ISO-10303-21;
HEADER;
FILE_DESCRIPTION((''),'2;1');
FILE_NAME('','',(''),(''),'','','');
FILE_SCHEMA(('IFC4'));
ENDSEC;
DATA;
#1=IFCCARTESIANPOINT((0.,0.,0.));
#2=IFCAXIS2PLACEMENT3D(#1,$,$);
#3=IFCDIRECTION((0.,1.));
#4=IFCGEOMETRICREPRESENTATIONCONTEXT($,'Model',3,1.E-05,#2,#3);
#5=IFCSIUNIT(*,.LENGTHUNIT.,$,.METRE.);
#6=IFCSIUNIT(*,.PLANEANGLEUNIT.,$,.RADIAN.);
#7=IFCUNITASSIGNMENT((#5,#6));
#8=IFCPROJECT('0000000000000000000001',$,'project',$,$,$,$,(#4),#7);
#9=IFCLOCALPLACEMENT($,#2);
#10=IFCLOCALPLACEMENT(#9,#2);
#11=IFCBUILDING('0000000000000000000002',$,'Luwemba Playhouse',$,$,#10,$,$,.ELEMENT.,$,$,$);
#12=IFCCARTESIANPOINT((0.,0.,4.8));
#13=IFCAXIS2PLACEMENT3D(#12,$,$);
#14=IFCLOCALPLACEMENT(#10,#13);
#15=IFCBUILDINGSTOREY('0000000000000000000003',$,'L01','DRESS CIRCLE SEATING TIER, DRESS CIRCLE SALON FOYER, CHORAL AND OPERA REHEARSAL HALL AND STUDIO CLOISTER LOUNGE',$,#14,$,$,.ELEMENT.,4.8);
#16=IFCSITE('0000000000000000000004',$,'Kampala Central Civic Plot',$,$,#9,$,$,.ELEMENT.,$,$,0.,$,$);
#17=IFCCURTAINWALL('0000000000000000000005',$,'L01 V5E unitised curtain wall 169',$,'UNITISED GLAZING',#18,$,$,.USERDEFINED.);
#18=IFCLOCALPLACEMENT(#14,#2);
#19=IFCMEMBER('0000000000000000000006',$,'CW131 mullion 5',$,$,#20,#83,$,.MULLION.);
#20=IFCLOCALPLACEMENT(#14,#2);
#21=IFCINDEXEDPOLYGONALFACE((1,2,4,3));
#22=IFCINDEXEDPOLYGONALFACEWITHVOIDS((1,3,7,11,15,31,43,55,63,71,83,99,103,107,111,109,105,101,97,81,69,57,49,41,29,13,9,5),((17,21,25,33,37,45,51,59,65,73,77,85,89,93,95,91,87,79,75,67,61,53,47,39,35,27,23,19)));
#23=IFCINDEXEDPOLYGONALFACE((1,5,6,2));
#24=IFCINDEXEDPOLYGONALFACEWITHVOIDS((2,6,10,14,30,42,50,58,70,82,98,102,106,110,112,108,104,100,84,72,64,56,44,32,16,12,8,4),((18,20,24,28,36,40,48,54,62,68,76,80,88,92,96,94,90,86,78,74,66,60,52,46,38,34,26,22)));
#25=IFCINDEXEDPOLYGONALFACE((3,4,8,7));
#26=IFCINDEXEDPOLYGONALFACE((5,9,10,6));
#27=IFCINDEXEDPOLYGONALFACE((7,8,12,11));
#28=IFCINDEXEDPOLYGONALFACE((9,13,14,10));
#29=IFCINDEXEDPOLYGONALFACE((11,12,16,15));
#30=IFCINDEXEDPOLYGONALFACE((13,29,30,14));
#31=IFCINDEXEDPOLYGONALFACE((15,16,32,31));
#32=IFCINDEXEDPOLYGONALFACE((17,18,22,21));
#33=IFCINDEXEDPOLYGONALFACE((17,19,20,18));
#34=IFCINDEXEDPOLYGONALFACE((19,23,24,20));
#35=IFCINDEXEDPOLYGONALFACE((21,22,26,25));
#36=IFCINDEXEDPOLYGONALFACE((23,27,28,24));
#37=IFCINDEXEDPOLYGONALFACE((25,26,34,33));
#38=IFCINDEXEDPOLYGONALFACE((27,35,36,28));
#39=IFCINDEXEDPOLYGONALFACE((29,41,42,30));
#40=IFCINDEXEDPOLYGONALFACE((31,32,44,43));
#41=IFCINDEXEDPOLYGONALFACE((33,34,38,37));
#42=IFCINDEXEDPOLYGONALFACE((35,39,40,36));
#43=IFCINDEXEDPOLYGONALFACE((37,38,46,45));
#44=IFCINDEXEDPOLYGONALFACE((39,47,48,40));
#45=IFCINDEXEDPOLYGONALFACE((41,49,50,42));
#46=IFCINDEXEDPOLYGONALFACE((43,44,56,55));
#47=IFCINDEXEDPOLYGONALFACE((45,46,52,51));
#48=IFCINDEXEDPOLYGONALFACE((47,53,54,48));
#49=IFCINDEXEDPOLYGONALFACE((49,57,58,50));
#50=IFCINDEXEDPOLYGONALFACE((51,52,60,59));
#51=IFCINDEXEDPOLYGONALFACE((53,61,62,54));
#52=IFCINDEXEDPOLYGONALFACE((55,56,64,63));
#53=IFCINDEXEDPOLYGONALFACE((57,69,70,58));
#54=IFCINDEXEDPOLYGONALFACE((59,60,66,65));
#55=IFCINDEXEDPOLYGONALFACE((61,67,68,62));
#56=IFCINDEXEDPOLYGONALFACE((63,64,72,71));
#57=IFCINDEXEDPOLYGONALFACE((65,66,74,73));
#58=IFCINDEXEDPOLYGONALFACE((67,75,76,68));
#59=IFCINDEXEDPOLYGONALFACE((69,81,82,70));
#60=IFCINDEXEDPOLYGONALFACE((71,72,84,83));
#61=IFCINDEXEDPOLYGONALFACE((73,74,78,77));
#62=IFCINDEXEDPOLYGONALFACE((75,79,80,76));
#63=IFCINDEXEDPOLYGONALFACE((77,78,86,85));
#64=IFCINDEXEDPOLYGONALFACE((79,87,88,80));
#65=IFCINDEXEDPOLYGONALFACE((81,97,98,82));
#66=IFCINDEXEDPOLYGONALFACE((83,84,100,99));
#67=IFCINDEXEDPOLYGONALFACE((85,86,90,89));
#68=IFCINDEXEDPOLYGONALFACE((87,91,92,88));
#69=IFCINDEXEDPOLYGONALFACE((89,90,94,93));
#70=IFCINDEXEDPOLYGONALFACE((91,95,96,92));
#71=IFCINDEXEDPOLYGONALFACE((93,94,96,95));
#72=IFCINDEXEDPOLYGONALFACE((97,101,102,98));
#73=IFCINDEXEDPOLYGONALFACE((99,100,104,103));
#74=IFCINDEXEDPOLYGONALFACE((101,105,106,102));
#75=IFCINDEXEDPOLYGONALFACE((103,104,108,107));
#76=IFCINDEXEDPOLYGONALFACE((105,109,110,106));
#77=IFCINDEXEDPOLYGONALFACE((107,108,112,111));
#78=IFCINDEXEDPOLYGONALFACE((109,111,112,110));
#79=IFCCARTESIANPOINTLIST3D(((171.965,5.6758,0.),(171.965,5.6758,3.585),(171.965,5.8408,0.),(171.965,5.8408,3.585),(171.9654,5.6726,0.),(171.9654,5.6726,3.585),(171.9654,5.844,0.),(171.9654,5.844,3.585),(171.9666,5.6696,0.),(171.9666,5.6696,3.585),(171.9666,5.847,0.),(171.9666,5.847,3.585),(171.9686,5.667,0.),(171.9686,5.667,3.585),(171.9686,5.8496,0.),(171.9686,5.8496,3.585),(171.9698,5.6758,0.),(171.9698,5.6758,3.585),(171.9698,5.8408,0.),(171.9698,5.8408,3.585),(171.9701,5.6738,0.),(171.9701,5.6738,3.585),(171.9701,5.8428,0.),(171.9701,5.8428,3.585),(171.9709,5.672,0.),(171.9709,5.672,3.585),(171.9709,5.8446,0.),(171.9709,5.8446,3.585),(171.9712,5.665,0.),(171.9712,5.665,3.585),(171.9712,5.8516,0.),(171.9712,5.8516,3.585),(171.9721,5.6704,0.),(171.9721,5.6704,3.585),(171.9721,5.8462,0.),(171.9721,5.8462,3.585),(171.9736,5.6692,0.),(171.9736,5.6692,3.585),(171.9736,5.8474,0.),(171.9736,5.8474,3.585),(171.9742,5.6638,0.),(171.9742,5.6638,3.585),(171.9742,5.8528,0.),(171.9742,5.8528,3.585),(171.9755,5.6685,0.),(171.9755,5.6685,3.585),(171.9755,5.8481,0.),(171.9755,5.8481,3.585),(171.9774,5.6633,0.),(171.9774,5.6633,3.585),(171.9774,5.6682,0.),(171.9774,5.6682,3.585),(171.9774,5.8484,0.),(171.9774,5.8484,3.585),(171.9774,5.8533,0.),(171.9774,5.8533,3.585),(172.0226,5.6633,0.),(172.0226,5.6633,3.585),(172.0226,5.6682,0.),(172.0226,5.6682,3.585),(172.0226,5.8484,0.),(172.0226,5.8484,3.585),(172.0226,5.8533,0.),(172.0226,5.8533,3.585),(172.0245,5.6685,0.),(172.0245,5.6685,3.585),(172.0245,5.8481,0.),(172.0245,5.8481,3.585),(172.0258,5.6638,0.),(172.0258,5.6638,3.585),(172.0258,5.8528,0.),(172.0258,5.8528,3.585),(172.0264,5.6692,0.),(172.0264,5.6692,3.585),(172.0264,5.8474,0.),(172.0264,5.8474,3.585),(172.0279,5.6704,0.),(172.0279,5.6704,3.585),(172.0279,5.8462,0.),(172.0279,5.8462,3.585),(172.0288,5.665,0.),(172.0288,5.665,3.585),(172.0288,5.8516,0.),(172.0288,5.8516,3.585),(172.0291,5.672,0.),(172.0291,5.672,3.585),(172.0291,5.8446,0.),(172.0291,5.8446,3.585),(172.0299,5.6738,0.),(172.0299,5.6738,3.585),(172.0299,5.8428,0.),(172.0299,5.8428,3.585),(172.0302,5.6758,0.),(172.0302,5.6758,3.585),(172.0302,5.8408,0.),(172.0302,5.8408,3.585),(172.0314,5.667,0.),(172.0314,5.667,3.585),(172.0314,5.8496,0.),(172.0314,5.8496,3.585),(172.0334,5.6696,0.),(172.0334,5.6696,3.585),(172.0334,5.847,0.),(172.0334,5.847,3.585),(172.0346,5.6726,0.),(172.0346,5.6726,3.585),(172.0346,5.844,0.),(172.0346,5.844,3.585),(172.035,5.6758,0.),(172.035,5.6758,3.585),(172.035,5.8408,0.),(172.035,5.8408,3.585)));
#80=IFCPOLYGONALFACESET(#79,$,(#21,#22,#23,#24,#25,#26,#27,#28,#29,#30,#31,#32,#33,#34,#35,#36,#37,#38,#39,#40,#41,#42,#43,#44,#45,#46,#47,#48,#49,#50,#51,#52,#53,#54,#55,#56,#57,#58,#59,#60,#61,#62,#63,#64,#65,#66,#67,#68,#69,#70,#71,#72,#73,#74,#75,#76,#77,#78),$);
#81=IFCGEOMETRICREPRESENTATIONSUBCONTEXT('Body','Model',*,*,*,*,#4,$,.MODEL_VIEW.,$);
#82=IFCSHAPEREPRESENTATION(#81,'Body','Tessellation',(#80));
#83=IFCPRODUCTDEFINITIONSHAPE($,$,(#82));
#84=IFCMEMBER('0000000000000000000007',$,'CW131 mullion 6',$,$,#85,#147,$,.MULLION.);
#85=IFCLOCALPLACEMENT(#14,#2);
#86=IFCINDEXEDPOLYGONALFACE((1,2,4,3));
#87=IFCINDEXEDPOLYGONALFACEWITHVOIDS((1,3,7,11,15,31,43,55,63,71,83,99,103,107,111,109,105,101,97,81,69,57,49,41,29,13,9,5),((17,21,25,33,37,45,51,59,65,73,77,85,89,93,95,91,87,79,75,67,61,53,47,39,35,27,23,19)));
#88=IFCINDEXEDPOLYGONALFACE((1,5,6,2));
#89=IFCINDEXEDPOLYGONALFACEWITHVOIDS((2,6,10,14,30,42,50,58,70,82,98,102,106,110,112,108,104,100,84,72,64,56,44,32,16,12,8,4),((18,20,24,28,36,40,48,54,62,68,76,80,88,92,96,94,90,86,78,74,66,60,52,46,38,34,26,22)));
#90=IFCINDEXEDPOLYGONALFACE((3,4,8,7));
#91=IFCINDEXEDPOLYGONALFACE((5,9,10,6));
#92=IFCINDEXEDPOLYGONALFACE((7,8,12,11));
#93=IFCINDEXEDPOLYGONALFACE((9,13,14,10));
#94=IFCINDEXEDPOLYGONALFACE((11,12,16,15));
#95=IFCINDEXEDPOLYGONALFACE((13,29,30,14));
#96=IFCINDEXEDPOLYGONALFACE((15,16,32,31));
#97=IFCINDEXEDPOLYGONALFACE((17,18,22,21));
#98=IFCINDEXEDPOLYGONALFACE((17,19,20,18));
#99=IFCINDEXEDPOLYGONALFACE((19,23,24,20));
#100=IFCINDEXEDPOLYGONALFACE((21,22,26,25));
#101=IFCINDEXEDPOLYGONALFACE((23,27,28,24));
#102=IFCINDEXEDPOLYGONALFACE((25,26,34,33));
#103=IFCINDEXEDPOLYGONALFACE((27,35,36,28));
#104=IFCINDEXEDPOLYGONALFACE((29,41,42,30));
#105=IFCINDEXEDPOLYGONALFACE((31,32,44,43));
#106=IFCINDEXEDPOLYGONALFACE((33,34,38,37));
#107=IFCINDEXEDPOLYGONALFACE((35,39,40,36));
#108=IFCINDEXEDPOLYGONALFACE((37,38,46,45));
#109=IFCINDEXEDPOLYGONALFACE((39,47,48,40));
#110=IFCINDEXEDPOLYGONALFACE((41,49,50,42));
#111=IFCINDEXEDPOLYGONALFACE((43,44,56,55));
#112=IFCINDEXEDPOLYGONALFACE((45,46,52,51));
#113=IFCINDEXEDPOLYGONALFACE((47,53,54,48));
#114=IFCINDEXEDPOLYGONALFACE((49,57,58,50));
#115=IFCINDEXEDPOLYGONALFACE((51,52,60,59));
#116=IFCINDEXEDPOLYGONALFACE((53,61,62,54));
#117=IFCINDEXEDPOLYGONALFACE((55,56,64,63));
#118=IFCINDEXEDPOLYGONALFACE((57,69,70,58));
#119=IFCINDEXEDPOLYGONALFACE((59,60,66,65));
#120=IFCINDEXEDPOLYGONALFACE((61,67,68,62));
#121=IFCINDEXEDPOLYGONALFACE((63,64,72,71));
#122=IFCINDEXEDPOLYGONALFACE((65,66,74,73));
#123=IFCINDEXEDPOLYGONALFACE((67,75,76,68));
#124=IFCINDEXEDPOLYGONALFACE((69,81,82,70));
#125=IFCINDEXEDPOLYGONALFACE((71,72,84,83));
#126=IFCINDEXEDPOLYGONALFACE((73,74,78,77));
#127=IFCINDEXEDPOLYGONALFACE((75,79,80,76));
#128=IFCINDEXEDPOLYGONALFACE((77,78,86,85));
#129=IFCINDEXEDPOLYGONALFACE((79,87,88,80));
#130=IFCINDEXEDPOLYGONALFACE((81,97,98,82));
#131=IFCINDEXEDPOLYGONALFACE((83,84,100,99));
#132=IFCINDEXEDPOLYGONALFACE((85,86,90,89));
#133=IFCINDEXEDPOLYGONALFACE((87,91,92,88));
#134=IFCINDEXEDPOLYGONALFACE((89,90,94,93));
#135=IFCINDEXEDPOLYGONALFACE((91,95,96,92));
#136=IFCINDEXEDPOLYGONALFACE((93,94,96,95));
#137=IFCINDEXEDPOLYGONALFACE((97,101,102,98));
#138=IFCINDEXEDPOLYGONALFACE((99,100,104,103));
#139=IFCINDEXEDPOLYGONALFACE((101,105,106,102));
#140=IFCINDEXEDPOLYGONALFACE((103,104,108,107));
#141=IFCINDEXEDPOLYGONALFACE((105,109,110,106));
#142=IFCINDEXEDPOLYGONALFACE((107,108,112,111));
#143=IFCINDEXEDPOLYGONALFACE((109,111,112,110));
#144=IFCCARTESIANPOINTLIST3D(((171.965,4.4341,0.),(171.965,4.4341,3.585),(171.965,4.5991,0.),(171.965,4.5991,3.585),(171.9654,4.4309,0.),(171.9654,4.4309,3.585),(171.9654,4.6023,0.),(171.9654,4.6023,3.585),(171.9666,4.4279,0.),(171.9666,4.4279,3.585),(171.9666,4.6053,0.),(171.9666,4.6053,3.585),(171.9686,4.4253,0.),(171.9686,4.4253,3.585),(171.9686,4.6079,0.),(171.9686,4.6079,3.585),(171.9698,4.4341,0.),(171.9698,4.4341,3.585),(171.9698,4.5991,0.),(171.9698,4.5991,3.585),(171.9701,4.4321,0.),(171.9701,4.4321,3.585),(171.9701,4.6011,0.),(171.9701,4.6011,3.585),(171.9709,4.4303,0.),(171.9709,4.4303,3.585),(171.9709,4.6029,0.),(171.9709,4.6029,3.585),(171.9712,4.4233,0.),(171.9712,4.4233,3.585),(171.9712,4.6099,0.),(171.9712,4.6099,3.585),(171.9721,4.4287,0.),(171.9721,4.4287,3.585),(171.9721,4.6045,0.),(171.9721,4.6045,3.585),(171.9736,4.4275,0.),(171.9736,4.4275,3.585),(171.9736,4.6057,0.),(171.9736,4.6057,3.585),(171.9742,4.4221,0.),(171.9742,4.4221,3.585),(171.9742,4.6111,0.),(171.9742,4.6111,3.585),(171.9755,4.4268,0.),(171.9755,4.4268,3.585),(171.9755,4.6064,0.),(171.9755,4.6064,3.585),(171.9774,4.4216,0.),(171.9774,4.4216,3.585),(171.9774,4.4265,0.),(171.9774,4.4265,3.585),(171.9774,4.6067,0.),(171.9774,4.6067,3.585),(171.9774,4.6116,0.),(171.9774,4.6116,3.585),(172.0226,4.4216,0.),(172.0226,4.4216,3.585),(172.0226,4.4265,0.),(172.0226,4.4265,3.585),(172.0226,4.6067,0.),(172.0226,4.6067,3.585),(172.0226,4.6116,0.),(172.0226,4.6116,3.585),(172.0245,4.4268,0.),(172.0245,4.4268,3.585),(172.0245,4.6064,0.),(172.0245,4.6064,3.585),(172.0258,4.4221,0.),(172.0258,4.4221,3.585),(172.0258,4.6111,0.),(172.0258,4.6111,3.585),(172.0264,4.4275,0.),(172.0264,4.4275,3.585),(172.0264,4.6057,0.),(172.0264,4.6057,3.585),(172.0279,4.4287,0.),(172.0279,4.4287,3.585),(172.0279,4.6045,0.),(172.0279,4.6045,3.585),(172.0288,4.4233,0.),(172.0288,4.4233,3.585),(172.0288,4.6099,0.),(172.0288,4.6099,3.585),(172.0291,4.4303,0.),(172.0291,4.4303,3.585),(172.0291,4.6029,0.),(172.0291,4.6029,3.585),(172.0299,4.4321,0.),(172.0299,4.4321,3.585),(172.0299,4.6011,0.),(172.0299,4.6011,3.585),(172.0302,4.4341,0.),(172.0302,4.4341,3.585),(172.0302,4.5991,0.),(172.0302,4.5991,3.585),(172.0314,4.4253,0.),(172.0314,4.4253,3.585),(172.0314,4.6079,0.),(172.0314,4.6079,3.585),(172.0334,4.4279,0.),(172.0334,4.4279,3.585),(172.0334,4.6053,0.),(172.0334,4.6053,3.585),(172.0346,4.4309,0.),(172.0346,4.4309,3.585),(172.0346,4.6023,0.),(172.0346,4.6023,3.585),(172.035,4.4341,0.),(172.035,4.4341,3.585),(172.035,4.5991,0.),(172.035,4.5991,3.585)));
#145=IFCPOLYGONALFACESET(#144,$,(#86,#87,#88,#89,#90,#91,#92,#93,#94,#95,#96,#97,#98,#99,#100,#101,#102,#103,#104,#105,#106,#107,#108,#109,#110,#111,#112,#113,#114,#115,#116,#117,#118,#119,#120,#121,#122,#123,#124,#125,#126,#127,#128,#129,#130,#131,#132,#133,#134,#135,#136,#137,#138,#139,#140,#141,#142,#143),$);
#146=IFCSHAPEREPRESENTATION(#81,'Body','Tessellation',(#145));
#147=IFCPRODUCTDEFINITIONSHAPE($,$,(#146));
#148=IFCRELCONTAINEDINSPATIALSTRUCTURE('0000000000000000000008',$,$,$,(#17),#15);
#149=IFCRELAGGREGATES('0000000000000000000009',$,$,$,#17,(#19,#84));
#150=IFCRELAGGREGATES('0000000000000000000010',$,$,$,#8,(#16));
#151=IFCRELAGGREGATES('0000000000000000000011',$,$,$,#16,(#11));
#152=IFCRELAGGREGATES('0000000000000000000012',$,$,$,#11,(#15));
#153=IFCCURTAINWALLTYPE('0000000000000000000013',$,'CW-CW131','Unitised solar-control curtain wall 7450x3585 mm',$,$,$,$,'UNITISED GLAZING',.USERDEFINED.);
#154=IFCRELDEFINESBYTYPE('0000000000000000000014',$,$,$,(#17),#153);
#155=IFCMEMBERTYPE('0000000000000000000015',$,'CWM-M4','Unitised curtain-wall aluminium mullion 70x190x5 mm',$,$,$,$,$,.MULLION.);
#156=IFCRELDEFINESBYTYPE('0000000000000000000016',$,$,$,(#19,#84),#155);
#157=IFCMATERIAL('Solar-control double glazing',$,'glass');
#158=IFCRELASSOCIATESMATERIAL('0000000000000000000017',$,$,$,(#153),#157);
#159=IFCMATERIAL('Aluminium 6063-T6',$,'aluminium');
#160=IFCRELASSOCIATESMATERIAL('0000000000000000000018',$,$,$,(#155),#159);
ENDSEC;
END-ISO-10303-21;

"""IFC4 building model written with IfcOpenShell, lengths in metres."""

from ifc_helpers import new_model, si_unit, direction, frame, origin, origin_2d, place, context, subcontext, project, spatial, hollow_rectangle, extrude, material, material_profile, profile_set, type_object, element, aggregate, save


model = new_model("IFC4")

# Units and contexts
model_context = context("Model", 3, precision=1e-05, world=origin(), true_north=direction((0.0, 1.0)))
body_context = subcontext(model_context, "Body", "Model", "MODEL_VIEW")
ifc_project = project(units=[si_unit("LENGTHUNIT", "METRE"), si_unit("PLANEANGLEUNIT", "RADIAN")], contexts=[model_context])

# Site, building, storey
site_placement = place(None, origin())
site = spatial("IfcSite", under=ifc_project, at=site_placement, Name="Kampala Central Civic Plot", CompositionType="ELEMENT", RefElevation=0.0)
building_placement = place(site_placement, origin())
building = spatial("IfcBuilding", under=site, at=building_placement, Name="Luwemba Playhouse", CompositionType="ELEMENT")
storey_placement = place(building_placement, frame((0.0, 0.0, 4.8)))
storey = spatial("IfcBuildingStorey", under=building, at=storey_placement, Name="L01", Description="DRESS CIRCLE SEATING TIER, DRESS CIRCLE SALON FOYER, CHORAL AND OPERA REHEARSAL HALL AND STUDIO CLOISTER LOUNGE", CompositionType="ELEMENT", Elevation=4.8)

# Curtain wall, members
ifc_material_1 = material(Name="Solar-control double glazing", Category="glass")
curtain_wall_type = type_object("IfcCurtainWallType", Name="CW-CW131", Description="Unitised solar-control curtain wall 7450x3585 mm", ElementType="UNITISED GLAZING", PredefinedType="USERDEFINED", material=ifc_material_1)
curtain_wall_placement = place(storey_placement, origin())
curtain_wall = element("IfcCurtainWall", 1, at=curtain_wall_placement, inside=storey, type_object=curtain_wall_type, Name="L01 V5E unitised curtain wall 169", ObjectType="UNITISED GLAZING", PredefinedType="USERDEFINED")
ifc_material_2 = material(Name="Aluminium 6063-T6", Category="aluminium")
ifc_material_profile_1 = material_profile(ifc_material_2, hollow_rectangle(XDim=0.0701, YDim=0.1899, WallThickness=0.0049, InnerFilletRadius=0.0076, OuterFilletRadius=0.0125, at=origin_2d()))
ifc_profile_set_1 = profile_set([ifc_material_profile_1], Name="Aluminium 6063-T6")
member_type_1 = type_object("IfcMemberType", Name="CWM-M4", Description="Unitised curtain-wall aluminium mullion 70x190x5 mm", PredefinedType="MULLION", material=ifc_profile_set_1)
member_1_placement = place(storey_placement, frame((172.0, 5.7583, 0.0), z_axis=(0.0, 0.0, 1.0), x_axis=(1.0, 0.0, 0.0)))
member_1 = element("IfcMember", 2, at=member_1_placement, type_object=member_type_1, Name="CW131 mullion 5", PredefinedType="MULLION", context=body_context, shape_type="SweptSolid", body=[
    extrude(hollow_rectangle(XDim=0.0701, YDim=0.1899, WallThickness=0.0049, InnerFilletRadius=0.0076, OuterFilletRadius=0.0125, at=origin_2d()), origin(), (0.0, 0.0, 1.0), 3.585),
])
member_2_placement = place(storey_placement, frame((172.0, 4.5166, 0.0), z_axis=(0.0, 0.0, 1.0), x_axis=(1.0, 0.0, 0.0)))
member_2 = element("IfcMember", 3, at=member_2_placement, type_object=member_type_1, Name="CW131 mullion 6", PredefinedType="MULLION", context=body_context, shape_type="SweptSolid", body=[
    extrude(hollow_rectangle(XDim=0.0701, YDim=0.1899, WallThickness=0.0049, InnerFilletRadius=0.0076, OuterFilletRadius=0.0125, at=origin_2d()), origin(), (0.0, 0.0, 1.0), 3.585),
])
aggregate(curtain_wall, [member_1, member_2])

save(model, "model.ifc")
